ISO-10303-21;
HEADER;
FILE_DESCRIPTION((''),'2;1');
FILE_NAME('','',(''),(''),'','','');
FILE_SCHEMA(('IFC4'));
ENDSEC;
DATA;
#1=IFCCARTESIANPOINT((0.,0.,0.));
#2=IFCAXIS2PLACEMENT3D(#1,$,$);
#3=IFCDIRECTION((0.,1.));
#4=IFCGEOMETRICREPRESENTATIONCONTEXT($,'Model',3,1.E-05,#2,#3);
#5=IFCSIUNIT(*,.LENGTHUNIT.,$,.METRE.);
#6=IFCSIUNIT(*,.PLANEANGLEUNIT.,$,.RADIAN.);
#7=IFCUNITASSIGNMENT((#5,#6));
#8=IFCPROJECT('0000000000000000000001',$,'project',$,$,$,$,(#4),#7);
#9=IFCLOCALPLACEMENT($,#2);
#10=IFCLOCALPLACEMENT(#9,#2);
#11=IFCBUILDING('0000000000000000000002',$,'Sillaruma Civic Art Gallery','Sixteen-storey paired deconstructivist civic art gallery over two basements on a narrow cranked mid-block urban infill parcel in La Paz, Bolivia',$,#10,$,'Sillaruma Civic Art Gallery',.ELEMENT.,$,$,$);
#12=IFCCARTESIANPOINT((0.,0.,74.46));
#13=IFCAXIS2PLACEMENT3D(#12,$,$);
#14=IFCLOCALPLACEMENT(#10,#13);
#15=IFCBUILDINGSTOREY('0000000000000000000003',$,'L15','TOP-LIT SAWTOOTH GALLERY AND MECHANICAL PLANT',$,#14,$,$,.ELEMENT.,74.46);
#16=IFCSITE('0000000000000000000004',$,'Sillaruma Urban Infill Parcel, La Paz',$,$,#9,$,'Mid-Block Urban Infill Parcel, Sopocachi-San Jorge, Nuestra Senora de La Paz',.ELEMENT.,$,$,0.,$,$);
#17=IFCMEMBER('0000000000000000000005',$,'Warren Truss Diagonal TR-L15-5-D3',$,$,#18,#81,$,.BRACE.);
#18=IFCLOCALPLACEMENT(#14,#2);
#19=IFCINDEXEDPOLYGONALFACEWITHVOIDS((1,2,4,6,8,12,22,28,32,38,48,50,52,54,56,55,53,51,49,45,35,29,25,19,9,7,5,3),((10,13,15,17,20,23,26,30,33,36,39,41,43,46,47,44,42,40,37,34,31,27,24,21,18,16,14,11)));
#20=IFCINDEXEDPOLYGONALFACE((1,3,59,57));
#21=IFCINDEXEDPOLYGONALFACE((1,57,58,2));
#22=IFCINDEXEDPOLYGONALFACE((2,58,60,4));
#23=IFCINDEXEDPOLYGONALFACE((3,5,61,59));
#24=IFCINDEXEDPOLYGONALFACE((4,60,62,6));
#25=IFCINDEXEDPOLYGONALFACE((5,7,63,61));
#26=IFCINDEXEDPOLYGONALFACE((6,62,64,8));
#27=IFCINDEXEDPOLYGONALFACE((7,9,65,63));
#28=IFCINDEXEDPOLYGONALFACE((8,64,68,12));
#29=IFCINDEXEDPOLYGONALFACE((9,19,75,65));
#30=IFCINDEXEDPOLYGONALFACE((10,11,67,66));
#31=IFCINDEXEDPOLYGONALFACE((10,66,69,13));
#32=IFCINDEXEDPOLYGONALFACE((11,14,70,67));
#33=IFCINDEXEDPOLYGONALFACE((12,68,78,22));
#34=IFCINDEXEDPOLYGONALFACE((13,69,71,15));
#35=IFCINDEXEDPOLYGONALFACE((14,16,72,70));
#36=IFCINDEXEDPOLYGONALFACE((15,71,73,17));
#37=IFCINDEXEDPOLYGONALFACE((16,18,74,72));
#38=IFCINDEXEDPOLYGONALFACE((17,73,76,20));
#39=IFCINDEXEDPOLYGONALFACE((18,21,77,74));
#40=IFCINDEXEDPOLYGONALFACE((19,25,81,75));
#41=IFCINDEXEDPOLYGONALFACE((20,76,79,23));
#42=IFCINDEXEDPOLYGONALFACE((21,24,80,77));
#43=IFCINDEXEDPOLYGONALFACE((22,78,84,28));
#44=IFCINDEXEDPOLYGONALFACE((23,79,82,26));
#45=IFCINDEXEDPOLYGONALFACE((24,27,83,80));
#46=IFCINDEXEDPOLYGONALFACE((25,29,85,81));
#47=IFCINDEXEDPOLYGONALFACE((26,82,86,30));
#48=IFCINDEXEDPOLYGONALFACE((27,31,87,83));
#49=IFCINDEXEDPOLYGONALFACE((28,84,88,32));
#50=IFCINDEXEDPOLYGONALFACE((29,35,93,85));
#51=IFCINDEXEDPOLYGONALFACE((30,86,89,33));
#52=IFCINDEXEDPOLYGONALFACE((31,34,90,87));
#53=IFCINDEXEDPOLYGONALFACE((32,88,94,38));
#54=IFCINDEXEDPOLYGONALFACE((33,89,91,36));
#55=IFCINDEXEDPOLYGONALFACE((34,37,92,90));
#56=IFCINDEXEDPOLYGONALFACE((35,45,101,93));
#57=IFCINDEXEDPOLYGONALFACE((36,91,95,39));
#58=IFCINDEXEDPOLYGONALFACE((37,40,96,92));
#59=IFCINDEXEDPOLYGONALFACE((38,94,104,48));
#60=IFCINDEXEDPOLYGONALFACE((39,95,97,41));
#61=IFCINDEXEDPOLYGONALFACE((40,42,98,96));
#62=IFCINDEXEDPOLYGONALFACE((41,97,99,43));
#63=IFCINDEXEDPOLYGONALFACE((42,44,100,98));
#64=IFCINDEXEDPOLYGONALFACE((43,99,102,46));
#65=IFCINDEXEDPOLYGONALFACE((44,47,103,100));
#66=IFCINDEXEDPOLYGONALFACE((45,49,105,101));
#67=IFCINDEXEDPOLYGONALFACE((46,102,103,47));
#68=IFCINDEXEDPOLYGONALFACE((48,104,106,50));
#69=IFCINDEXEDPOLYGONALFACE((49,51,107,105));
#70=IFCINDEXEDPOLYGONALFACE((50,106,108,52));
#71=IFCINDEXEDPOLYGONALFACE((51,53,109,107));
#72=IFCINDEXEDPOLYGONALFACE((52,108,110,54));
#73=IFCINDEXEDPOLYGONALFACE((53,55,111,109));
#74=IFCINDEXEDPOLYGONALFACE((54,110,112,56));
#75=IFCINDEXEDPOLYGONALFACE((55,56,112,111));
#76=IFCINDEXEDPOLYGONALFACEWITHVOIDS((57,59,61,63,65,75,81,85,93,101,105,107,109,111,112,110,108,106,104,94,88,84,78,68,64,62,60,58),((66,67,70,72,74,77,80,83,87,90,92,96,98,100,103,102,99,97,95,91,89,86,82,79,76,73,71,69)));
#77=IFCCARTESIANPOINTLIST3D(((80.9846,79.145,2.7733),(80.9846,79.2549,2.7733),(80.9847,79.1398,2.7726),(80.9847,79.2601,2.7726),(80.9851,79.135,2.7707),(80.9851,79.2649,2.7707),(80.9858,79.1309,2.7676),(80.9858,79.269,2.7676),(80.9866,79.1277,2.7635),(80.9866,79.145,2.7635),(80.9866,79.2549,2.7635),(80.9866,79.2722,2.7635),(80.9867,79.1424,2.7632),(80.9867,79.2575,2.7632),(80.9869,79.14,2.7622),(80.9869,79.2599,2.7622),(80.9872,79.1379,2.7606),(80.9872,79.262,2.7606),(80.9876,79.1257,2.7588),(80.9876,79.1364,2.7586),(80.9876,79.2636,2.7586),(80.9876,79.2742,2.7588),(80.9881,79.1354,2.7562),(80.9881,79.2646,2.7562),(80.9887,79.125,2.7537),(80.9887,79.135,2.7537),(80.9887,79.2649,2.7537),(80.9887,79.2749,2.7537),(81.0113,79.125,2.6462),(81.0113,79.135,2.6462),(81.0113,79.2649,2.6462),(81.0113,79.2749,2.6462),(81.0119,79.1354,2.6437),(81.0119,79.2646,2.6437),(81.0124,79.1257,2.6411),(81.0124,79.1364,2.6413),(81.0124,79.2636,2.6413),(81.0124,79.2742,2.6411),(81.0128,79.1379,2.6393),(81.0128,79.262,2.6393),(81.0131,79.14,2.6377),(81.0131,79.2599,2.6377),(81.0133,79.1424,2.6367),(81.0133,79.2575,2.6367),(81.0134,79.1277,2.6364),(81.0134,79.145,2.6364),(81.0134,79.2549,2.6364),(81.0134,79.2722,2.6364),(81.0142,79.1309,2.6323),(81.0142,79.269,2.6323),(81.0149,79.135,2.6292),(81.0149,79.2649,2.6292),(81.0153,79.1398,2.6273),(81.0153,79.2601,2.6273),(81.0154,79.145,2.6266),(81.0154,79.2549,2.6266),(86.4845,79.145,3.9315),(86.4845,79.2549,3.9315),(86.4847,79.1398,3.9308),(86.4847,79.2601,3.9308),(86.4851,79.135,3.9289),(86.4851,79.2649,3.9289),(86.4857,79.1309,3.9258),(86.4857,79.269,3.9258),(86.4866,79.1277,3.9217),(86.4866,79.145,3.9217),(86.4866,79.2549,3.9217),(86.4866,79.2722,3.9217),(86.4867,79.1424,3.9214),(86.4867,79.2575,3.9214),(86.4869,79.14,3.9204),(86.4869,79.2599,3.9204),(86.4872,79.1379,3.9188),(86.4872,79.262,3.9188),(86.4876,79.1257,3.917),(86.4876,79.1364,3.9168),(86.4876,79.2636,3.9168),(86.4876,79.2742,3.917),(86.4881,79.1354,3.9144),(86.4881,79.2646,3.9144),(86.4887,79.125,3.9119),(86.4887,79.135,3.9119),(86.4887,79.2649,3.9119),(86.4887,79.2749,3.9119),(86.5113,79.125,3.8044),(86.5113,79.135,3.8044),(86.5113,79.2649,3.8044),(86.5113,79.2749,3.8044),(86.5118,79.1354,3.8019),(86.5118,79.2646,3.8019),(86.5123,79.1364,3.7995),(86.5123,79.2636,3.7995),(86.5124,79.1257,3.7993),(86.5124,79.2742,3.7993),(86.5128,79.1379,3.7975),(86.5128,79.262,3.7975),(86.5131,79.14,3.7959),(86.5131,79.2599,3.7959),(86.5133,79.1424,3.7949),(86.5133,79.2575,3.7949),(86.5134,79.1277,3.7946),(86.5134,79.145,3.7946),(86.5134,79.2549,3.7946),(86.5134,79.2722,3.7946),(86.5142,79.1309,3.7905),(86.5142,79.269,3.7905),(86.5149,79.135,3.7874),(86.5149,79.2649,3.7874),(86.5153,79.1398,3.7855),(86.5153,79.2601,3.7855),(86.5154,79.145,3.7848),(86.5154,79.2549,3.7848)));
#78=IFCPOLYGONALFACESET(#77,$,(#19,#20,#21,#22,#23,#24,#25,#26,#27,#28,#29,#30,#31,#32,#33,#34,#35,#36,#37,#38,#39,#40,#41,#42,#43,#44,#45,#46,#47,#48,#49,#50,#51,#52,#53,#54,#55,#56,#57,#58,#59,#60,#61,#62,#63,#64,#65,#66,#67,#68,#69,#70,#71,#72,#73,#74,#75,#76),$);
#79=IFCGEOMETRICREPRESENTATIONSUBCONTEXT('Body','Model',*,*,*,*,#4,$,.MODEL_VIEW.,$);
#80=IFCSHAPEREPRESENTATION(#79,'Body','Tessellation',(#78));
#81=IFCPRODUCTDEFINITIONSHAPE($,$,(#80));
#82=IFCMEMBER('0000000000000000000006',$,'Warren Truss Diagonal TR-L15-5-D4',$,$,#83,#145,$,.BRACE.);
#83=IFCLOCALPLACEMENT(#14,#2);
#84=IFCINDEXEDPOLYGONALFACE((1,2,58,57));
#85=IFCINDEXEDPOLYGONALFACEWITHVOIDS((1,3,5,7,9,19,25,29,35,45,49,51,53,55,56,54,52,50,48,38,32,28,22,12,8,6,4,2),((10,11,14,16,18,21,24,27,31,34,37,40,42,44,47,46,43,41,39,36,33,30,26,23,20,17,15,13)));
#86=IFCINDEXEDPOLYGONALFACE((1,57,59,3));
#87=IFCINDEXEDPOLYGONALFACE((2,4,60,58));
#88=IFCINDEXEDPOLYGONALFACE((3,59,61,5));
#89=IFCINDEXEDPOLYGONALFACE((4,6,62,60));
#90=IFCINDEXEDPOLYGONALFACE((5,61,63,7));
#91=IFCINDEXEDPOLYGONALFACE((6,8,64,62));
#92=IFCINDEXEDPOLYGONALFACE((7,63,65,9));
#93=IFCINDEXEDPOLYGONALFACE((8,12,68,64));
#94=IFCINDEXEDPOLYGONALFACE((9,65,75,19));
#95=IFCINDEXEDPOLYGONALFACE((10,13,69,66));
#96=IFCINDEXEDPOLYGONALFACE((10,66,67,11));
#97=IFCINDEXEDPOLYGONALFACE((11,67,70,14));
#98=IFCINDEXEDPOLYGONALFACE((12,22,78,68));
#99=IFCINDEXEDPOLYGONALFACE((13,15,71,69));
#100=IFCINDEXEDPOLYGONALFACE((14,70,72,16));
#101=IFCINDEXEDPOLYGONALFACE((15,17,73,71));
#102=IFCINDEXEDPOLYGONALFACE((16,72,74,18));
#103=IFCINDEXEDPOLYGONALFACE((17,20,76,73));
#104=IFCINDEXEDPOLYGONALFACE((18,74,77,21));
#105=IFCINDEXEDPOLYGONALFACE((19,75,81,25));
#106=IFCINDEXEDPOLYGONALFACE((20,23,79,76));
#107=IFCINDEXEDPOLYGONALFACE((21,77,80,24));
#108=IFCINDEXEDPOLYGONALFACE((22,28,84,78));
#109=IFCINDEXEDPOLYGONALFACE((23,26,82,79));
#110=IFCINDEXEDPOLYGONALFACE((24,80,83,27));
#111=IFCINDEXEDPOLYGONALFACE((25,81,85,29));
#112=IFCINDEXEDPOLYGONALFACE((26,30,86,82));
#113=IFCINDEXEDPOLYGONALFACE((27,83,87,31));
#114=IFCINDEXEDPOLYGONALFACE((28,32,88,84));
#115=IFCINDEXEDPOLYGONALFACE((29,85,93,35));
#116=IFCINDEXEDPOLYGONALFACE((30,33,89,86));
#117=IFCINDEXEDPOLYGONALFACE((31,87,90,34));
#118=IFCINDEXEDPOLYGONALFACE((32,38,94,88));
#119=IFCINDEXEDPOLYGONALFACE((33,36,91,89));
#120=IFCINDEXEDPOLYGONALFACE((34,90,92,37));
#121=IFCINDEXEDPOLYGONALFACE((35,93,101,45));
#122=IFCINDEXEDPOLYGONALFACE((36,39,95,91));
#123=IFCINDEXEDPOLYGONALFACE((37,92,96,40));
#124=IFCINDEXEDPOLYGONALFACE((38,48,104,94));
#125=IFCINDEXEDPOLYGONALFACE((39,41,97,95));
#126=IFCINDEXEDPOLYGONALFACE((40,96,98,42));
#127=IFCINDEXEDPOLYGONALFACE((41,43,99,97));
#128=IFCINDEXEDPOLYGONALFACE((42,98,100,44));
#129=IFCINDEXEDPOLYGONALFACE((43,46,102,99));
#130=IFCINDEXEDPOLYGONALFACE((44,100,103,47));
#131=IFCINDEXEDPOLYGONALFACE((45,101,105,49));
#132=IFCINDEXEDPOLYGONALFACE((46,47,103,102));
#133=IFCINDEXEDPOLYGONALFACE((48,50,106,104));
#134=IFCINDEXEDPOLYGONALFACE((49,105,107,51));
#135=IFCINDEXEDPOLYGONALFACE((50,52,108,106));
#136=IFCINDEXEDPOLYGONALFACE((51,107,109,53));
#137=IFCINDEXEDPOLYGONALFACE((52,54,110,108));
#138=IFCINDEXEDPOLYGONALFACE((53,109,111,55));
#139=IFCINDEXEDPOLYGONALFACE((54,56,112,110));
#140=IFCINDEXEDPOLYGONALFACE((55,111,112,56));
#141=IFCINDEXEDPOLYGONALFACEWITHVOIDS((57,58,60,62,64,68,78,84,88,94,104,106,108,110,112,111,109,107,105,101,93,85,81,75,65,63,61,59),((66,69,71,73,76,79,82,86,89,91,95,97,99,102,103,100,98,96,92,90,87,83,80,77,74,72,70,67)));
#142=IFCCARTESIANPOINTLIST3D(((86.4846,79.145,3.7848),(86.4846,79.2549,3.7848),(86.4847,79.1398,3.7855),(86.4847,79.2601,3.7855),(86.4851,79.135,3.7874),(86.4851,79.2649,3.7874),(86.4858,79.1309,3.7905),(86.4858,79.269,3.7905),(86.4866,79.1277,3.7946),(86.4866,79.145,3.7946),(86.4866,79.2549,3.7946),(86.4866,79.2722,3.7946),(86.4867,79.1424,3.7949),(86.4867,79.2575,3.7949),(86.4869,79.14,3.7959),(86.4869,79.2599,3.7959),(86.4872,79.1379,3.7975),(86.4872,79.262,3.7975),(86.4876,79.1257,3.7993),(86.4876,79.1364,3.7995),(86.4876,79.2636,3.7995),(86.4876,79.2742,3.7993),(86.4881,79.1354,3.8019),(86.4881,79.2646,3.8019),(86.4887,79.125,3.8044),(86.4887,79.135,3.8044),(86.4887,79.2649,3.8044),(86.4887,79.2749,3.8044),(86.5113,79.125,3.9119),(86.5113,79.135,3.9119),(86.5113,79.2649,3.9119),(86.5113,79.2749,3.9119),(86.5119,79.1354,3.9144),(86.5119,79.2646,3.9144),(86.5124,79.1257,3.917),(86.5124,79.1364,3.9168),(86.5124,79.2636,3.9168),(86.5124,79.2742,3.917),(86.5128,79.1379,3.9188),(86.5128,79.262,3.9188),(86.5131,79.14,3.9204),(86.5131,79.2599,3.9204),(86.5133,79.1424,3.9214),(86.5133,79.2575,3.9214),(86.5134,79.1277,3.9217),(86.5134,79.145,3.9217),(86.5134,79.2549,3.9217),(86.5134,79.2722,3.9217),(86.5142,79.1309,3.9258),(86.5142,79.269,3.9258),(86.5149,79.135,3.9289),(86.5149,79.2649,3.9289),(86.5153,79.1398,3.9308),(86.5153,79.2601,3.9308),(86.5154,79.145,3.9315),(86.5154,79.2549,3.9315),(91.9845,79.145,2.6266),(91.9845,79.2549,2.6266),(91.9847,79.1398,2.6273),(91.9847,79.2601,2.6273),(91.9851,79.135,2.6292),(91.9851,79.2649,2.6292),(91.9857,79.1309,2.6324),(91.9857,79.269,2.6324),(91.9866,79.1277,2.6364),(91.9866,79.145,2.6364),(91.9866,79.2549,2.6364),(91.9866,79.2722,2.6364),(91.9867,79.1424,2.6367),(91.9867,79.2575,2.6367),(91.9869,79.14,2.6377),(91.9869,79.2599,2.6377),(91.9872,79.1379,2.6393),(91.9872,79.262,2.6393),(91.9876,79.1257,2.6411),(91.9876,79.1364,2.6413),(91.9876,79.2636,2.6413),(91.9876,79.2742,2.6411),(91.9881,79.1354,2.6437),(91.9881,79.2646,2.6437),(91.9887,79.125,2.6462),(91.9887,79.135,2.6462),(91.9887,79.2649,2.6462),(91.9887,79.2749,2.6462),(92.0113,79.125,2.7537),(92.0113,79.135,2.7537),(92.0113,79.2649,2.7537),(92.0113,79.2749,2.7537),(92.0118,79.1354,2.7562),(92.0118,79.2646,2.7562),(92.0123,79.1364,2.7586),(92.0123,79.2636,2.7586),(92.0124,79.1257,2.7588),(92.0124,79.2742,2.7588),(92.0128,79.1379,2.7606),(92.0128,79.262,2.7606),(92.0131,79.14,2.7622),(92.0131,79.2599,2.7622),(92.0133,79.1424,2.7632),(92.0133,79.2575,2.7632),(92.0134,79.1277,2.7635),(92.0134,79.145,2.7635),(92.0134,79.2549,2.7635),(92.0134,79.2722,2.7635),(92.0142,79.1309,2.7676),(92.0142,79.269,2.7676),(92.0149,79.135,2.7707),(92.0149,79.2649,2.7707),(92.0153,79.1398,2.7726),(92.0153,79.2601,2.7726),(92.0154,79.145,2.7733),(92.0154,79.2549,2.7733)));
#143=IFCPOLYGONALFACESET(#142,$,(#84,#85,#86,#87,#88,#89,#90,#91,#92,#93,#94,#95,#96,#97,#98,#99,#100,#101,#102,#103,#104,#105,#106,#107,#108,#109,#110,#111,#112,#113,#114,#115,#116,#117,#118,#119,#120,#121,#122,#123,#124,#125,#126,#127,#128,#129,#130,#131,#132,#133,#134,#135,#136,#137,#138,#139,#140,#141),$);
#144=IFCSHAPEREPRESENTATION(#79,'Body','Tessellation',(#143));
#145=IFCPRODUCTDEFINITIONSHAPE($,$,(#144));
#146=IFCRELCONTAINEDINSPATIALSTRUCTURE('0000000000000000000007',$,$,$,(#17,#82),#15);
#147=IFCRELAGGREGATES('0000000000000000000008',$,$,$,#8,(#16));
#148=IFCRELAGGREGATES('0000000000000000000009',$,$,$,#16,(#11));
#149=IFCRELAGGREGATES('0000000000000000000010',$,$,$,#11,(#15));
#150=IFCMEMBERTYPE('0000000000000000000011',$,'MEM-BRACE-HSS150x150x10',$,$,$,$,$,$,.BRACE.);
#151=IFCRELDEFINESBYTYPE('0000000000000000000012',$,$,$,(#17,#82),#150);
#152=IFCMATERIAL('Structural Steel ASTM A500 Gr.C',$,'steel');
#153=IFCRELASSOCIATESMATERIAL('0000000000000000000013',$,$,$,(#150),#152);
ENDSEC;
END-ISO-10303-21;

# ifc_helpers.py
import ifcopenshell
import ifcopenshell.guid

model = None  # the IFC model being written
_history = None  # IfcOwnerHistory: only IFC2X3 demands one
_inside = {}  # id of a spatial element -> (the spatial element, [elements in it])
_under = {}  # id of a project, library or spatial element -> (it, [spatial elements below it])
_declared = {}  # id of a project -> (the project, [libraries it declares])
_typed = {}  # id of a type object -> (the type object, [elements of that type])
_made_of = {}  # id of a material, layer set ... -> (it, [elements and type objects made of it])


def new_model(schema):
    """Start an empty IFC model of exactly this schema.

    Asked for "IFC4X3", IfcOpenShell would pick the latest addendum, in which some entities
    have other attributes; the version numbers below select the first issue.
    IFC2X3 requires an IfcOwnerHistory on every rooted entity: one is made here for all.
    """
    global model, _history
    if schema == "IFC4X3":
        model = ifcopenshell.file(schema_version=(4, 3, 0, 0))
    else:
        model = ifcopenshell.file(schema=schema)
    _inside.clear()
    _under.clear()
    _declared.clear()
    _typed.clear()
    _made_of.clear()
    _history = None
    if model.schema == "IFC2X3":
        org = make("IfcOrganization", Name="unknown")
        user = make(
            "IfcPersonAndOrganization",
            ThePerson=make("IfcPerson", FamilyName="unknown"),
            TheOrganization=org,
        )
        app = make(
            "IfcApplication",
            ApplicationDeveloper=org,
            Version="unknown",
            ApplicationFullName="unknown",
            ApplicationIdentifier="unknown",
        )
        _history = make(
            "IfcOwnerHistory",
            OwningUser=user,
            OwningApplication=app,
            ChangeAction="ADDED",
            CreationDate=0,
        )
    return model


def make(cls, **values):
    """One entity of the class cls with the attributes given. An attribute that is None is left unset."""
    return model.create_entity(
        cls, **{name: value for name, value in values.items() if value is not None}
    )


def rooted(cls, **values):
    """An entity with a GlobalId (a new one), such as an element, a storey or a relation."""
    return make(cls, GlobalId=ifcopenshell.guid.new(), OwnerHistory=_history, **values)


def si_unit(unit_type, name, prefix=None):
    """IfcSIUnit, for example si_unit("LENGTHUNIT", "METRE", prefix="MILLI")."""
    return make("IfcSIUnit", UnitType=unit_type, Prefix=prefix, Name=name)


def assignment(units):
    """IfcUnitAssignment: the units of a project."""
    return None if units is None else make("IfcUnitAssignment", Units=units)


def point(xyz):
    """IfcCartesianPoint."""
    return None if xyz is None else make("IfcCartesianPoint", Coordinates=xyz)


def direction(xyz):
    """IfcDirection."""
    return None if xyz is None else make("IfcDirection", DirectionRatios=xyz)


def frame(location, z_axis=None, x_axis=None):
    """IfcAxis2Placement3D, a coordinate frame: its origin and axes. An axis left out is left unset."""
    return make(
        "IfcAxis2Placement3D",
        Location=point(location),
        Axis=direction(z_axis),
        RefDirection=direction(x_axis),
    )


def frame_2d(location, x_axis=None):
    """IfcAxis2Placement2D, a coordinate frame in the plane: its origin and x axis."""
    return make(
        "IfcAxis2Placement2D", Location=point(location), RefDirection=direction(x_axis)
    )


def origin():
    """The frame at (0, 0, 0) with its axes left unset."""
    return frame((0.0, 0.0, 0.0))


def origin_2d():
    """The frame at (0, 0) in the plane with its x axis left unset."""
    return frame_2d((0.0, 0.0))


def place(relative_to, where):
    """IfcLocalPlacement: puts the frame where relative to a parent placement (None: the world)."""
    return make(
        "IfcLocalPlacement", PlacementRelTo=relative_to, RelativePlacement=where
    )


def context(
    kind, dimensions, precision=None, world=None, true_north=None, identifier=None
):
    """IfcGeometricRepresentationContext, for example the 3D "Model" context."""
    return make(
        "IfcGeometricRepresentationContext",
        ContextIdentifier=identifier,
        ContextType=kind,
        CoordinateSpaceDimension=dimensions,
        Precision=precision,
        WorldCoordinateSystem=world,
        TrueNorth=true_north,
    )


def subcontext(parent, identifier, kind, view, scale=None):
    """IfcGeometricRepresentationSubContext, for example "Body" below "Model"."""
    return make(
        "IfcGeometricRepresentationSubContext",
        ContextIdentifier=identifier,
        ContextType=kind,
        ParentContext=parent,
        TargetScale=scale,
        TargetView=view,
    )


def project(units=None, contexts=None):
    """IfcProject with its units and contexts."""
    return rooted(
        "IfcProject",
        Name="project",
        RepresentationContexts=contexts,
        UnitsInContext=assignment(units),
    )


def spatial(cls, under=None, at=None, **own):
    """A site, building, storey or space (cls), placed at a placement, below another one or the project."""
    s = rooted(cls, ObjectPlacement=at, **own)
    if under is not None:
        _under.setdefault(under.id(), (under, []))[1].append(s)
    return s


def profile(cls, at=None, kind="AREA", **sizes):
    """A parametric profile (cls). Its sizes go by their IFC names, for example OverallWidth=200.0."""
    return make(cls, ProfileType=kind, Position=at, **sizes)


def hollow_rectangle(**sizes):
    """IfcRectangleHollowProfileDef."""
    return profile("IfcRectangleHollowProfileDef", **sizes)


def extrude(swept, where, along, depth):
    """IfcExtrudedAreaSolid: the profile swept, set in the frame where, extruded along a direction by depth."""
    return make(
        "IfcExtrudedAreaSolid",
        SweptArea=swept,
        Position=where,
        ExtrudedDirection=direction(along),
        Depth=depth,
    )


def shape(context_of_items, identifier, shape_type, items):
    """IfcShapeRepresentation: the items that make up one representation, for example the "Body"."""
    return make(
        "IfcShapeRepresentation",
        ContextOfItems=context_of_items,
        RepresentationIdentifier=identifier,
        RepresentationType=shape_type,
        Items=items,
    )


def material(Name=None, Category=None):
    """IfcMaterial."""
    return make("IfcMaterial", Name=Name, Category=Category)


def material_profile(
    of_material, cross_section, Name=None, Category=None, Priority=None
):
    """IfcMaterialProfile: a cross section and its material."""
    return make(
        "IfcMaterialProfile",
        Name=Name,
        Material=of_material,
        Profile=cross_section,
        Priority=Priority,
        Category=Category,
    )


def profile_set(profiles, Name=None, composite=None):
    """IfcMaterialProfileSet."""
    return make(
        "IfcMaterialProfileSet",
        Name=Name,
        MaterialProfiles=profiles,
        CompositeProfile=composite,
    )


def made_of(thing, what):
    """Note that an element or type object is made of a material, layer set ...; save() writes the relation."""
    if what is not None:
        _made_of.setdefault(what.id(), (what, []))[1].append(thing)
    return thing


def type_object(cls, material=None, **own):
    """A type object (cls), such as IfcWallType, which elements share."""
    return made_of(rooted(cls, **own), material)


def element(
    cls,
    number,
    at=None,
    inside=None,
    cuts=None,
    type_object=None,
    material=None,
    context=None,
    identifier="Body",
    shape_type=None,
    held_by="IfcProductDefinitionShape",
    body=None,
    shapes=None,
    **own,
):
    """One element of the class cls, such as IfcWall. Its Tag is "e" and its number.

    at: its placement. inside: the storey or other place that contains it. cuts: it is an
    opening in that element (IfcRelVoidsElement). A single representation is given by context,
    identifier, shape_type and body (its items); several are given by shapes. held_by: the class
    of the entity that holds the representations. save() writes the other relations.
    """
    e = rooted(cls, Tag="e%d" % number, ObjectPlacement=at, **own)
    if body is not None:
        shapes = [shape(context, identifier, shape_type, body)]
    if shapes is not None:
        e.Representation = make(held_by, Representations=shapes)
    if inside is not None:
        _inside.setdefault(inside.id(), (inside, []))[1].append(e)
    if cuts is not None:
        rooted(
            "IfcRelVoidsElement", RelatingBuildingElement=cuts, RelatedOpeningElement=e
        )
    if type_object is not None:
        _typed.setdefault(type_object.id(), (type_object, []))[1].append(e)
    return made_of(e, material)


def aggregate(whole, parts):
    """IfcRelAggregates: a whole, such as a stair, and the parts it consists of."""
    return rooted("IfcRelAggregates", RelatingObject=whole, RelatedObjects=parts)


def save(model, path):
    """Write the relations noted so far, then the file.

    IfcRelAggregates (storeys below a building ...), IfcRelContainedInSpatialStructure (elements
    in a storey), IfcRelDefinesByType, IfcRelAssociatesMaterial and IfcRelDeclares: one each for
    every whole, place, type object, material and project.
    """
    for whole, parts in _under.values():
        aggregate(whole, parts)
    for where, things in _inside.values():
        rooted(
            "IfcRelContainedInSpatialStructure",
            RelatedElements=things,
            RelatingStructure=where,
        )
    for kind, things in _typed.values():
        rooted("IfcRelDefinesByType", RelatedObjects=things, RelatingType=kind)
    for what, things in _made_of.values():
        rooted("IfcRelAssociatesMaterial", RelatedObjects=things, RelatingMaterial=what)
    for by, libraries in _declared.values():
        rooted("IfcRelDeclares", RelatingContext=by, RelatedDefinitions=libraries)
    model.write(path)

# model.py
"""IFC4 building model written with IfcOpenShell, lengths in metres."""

from ifc_helpers import new_model, si_unit, direction, frame, origin, origin_2d, place, context, subcontext, project, spatial, hollow_rectangle, extrude, material, material_profile, profile_set, type_object, element, save


model = new_model("IFC4")

# Units and contexts
model_context = context("Model", 3, precision=1e-05, world=origin(), true_north=direction((0.0, 1.0)))
body_context = subcontext(model_context, "Body", "Model", "MODEL_VIEW")
ifc_project = project(units=[si_unit("LENGTHUNIT", "METRE"), si_unit("PLANEANGLEUNIT", "RADIAN")], contexts=[model_context])

# Site, building, storey
site_placement = place(None, origin())
site = spatial("IfcSite", under=ifc_project, at=site_placement, Name="Sillaruma Urban Infill Parcel, La Paz", LongName="Mid-Block Urban Infill Parcel, Sopocachi-San Jorge, Nuestra Senora de La Paz", CompositionType="ELEMENT", RefElevation=0.0)
building_placement = place(site_placement, origin())
building = spatial("IfcBuilding", under=site, at=building_placement, Name="Sillaruma Civic Art Gallery", Description="Sixteen-storey paired deconstructivist civic art gallery over two basements on a narrow cranked mid-block urban infill parcel in La Paz, Bolivia", LongName="Sillaruma Civic Art Gallery", CompositionType="ELEMENT")
storey_placement = place(building_placement, frame((0.0, 0.0, 74.46)))
storey = spatial("IfcBuildingStorey", under=building, at=storey_placement, Name="L15", Description="TOP-LIT SAWTOOTH GALLERY AND MECHANICAL PLANT", CompositionType="ELEMENT", Elevation=74.46)

# Members
ifc_material_1 = material(Name="Structural Steel ASTM A500 Gr.C", Category="steel")
ifc_material_profile_1 = material_profile(ifc_material_1, hollow_rectangle(XDim=0.1499, YDim=0.1499, WallThickness=0.01, InnerFilletRadius=0.01, OuterFilletRadius=0.02, at=origin_2d()), Name="HSS150x150x10")
ifc_profile_set_1 = profile_set([ifc_material_profile_1], Name="Structural Steel ASTM A500 Gr.C")
member_type_1 = type_object("IfcMemberType", Name="MEM-BRACE-HSS150x150x10", PredefinedType="BRACE", material=ifc_profile_set_1)
for number, where, z_axis, x_axis, name in (
    (1, (81.0, 79.2, 2.7), (0.978539, 0.0, 0.206063), (0.0, 1.0, 0.0), "Warren Truss Diagonal TR-L15-5-D3"),
    (2, (86.5, 79.2, 3.8582), (0.978539, 0.0, -0.206063), (0.0, 1.0, 0.0), "Warren Truss Diagonal TR-L15-5-D4"),
):
    element("IfcMember", number, at=place(storey_placement, frame(where, z_axis=z_axis, x_axis=x_axis)), inside=storey, type_object=member_type_1, Name=name, PredefinedType="BRACE", context=body_context, shape_type="SweptSolid", body=[
        extrude(hollow_rectangle(XDim=0.1499, YDim=0.1499, WallThickness=0.01, InnerFilletRadius=0.01, OuterFilletRadius=0.02, at=origin_2d()), origin(), (0.0, 0.0, 1.0), 5.6206),
    ])

save(model, "model.ifc")
